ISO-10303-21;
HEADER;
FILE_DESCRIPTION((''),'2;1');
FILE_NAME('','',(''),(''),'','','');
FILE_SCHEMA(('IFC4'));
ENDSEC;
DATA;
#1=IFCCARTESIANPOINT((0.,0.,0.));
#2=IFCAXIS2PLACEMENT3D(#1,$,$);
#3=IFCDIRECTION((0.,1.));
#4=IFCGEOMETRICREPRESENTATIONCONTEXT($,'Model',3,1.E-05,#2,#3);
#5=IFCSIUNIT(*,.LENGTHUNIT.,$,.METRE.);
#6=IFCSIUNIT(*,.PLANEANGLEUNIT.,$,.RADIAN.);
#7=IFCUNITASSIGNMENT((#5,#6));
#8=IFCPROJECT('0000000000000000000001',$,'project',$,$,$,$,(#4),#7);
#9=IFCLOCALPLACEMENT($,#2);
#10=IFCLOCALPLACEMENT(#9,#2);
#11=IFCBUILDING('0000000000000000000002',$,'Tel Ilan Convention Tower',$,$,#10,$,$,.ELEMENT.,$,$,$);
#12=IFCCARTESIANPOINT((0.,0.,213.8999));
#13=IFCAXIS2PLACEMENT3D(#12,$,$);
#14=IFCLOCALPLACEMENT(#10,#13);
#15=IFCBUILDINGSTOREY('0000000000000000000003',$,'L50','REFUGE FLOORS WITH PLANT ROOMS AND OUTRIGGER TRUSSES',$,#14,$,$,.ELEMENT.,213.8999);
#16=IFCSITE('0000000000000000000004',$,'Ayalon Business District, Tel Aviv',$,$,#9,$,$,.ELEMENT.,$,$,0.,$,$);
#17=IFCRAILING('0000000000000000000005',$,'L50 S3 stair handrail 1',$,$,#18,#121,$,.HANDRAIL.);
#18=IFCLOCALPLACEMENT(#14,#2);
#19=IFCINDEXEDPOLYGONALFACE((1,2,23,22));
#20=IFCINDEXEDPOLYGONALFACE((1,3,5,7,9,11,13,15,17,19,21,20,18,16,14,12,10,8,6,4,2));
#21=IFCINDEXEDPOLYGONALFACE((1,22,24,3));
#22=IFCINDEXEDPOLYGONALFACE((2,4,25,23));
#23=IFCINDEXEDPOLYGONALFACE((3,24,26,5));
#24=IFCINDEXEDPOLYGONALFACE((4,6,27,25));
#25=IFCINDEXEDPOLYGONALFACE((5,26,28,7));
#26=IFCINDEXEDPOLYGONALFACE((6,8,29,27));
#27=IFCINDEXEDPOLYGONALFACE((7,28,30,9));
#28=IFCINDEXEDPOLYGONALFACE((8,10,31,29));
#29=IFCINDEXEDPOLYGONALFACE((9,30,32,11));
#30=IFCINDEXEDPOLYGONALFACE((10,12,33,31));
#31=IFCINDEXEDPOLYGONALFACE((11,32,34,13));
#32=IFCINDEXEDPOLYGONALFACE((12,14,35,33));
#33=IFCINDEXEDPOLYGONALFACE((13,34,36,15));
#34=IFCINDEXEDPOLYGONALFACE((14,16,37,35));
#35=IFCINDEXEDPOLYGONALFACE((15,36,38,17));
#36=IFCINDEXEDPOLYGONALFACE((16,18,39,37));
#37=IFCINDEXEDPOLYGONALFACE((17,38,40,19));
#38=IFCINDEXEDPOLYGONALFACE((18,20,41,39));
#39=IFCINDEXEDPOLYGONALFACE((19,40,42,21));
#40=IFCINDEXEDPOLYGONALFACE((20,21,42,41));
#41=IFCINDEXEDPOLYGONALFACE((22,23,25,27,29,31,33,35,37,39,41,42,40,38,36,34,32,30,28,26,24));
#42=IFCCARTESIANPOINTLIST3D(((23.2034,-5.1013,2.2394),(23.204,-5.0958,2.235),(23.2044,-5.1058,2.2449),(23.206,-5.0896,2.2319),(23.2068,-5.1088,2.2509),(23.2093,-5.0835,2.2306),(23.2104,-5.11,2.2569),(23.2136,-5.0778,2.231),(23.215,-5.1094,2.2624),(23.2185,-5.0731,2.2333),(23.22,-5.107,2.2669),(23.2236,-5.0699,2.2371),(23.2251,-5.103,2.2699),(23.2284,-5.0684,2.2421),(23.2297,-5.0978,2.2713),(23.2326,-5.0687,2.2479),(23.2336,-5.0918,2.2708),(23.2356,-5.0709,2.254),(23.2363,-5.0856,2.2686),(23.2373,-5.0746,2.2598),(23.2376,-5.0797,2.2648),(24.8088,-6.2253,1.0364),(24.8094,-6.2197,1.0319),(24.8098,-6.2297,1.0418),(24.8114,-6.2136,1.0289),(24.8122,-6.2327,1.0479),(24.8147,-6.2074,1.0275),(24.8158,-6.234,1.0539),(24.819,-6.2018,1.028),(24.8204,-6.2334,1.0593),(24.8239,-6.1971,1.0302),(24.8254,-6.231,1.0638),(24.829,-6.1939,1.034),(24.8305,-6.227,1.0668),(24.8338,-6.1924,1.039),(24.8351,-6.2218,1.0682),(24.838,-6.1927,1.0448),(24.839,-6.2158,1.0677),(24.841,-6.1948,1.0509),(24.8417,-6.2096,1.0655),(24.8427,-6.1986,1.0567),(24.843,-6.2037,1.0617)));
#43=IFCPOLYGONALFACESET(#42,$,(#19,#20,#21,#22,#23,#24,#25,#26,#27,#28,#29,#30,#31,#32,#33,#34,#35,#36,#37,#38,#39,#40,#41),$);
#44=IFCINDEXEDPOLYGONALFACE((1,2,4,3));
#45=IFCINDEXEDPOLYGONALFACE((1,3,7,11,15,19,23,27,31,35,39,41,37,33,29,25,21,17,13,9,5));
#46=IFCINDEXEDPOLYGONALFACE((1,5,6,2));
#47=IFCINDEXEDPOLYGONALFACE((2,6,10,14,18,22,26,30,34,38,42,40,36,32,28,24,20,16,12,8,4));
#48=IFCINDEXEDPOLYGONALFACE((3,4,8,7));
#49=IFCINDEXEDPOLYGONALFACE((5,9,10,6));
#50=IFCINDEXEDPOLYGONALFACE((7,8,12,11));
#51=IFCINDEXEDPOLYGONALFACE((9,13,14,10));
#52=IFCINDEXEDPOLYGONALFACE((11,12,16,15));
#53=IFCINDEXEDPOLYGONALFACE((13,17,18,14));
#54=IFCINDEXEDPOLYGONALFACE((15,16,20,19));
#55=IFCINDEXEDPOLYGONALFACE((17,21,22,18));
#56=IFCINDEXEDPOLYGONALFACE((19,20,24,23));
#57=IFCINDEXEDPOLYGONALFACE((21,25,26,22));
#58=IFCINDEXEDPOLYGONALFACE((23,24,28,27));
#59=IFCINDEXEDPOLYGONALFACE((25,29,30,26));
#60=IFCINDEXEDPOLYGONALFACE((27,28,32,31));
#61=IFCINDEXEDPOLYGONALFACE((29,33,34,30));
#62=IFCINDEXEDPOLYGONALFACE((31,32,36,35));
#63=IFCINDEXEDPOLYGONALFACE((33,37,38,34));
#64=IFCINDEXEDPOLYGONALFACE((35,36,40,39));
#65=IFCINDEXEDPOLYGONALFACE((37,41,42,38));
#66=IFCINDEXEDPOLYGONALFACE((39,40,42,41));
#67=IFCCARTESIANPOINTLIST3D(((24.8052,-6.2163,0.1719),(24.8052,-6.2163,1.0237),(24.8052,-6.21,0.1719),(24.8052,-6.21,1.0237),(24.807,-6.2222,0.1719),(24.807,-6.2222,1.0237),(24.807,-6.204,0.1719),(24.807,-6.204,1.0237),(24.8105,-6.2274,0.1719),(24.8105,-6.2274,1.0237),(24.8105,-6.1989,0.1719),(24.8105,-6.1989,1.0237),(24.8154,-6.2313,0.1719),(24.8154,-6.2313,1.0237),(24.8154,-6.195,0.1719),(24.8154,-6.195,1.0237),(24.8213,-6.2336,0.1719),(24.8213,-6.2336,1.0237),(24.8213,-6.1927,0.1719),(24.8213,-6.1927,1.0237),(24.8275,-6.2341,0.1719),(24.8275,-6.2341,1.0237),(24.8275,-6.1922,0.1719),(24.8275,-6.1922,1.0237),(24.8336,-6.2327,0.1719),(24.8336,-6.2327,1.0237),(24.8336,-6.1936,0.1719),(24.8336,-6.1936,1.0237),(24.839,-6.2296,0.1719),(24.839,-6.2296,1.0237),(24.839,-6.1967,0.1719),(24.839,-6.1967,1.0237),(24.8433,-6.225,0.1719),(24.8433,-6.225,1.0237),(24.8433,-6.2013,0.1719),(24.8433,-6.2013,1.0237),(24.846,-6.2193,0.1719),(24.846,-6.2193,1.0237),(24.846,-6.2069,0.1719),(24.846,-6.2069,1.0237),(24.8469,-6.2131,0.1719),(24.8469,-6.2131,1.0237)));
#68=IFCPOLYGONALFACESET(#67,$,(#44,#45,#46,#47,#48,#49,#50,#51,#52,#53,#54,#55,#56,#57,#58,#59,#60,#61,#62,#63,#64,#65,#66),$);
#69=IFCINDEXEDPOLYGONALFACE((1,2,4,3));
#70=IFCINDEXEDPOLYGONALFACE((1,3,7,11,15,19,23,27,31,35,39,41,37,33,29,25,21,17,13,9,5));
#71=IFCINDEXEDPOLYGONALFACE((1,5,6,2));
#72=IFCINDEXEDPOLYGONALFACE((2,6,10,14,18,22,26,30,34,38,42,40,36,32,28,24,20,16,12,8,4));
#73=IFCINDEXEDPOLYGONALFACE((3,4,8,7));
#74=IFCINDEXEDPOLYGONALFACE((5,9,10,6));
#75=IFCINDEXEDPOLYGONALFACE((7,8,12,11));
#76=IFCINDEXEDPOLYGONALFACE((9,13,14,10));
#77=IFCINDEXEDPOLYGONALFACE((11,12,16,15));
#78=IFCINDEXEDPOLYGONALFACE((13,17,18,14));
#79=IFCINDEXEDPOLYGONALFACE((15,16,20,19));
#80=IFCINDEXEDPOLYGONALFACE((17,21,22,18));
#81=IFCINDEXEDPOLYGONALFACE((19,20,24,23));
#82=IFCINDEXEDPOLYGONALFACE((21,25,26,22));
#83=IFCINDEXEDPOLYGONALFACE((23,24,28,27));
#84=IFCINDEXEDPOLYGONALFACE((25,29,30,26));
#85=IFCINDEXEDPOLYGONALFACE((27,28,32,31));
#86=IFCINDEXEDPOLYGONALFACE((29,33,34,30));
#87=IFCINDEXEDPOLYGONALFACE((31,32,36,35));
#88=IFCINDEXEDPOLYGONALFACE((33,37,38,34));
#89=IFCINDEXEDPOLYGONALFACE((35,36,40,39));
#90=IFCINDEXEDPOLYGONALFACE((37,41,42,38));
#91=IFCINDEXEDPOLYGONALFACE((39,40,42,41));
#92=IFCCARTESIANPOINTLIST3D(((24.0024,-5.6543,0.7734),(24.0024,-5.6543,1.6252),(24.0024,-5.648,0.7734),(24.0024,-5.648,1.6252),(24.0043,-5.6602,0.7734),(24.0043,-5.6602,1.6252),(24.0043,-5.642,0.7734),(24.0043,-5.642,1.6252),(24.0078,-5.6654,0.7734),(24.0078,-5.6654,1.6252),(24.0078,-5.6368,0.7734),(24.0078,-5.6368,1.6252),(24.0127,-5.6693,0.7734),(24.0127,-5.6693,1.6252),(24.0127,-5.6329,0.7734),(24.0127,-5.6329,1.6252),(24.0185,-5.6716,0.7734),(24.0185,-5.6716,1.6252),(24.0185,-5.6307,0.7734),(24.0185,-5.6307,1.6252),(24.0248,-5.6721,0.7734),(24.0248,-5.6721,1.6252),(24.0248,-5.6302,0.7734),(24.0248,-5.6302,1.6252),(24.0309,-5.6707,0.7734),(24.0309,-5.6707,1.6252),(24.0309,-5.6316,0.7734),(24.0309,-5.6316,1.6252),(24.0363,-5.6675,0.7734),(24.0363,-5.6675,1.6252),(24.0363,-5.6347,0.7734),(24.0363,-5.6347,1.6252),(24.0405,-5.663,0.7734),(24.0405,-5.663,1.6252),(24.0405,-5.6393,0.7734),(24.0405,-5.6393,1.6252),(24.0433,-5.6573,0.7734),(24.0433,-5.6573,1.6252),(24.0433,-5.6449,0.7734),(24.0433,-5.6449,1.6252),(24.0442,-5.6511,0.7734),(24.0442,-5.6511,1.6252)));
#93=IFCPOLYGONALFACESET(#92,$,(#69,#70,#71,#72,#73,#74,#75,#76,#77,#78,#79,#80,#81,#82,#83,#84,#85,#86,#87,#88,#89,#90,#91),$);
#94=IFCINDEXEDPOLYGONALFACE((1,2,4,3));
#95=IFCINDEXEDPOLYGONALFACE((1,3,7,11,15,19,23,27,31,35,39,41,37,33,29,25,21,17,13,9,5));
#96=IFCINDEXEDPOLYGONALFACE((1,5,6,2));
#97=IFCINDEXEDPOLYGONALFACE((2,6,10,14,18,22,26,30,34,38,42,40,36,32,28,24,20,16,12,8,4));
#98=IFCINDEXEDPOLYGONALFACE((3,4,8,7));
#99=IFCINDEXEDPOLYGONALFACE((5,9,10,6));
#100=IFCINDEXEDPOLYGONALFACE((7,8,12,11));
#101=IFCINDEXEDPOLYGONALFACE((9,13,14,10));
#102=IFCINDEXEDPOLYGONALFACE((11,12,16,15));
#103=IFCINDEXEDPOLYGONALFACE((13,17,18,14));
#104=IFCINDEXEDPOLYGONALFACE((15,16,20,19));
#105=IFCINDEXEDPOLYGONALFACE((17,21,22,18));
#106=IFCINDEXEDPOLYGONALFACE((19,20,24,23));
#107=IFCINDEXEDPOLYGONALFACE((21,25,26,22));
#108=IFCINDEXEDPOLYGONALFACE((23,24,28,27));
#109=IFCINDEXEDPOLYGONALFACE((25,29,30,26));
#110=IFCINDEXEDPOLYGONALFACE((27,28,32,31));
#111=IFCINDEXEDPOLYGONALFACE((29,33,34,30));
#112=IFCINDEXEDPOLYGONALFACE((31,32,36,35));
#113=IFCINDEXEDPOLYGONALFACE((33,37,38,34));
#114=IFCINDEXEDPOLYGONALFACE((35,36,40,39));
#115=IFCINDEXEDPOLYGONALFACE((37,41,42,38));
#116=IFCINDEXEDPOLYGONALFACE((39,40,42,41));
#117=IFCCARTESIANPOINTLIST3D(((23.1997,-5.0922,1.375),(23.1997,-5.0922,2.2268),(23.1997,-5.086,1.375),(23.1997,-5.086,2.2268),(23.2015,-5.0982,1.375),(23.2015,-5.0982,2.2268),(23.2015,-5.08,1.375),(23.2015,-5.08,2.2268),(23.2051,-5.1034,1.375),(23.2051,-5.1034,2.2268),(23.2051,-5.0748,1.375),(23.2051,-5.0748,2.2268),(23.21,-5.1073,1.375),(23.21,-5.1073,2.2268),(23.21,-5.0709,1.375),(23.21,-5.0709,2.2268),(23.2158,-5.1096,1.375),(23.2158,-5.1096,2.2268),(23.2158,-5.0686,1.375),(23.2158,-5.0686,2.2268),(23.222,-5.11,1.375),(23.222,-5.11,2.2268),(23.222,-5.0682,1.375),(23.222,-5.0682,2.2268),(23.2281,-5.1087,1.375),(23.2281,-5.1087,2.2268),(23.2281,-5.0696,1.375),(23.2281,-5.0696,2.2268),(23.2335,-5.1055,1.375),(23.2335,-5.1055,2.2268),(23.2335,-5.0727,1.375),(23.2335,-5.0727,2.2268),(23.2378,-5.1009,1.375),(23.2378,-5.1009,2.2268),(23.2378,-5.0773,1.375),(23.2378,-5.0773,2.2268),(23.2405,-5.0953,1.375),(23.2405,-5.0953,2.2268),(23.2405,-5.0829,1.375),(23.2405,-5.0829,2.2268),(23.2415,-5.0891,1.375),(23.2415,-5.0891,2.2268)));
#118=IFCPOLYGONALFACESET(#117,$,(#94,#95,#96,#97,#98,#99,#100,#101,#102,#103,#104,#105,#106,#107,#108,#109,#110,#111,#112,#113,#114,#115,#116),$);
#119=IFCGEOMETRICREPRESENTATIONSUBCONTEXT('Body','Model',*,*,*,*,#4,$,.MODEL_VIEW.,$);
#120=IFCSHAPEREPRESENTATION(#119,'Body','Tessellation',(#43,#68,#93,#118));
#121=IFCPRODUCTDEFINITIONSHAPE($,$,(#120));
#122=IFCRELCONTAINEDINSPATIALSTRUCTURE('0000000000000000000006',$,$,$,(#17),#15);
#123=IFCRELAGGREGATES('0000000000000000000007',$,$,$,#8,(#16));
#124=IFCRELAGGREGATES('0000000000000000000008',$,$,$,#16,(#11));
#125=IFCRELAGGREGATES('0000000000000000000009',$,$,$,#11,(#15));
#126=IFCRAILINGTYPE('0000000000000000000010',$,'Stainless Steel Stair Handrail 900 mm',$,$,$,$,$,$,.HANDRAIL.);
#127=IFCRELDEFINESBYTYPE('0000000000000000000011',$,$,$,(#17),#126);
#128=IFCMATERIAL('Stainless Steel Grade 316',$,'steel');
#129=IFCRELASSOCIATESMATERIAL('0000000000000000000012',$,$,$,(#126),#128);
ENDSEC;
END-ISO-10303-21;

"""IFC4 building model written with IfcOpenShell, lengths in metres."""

from ifc_helpers import new_model, si_unit, direction, frame, origin, origin_2d, place, context, subcontext, project, spatial, circle, extrude, material, type_object, element, save


model = new_model("IFC4")

# Units and contexts
model_context = context("Model", 3, precision=1e-05, world=origin(), true_north=direction((0.0, 1.0)))
body_context = subcontext(model_context, "Body", "Model", "MODEL_VIEW")
ifc_project = project(units=[si_unit("LENGTHUNIT", "METRE"), si_unit("PLANEANGLEUNIT", "RADIAN")], contexts=[model_context])

# Site, building, storey
site_placement = place(None, origin())
site = spatial("IfcSite", under=ifc_project, at=site_placement, Name="Ayalon Business District, Tel Aviv", CompositionType="ELEMENT", RefElevation=0.0)
building_placement = place(site_placement, origin())
building = spatial("IfcBuilding", under=site, at=building_placement, Name="Tel Ilan Convention Tower", CompositionType="ELEMENT")
storey_placement = place(building_placement, frame((0.0, 0.0, 213.8999)))
storey = spatial("IfcBuildingStorey", under=building, at=storey_placement, Name="L50", Description="REFUGE FLOORS WITH PLANT ROOMS AND OUTRIGGER TRUSSES", CompositionType="ELEMENT", Elevation=213.8999)

# Railing
ifc_material_1 = material(Name="Stainless Steel Grade 316", Category="steel")
railing_type_1 = type_object("IfcRailingType", Name="Stainless Steel Stair Handrail 900 mm", PredefinedType="HANDRAIL", material=ifc_material_1)
for number, where, name in (
    (1, (24.8259, -6.2131, 0.1719), "L50 S3 stair handrail 1"),
):
    element("IfcRailing", number, at=place(storey_placement, frame(where)), inside=storey, type_object=railing_type_1, Name=name, PredefinedType="HANDRAIL", context=body_context, shape_type="SweptSolid", body=[
        extrude(circle(Radius=0.0239, at=origin_2d()), frame((0.0, 0.0, 0.876), z_axis=(-0.698131, 0.488777, 0.523174), x_axis=(-0.573529, -0.819185, 0.0)), (0.0, 0.0, 1.0), 2.2996),
        extrude(circle(Radius=0.021, at=origin_2d()), origin(), (0.0, 0.0, 1.0), 0.8518),
        extrude(circle(Radius=0.021, at=origin_2d()), frame((-0.8027, 0.562, 0.6016)), (0.0, 0.0, 1.0), 0.8518),
        extrude(circle(Radius=0.021, at=origin_2d()), frame((-1.6055, 1.124, 1.2031)), (0.0, 0.0, 1.0), 0.8518),
    ])

save(model, "model.ifc")
